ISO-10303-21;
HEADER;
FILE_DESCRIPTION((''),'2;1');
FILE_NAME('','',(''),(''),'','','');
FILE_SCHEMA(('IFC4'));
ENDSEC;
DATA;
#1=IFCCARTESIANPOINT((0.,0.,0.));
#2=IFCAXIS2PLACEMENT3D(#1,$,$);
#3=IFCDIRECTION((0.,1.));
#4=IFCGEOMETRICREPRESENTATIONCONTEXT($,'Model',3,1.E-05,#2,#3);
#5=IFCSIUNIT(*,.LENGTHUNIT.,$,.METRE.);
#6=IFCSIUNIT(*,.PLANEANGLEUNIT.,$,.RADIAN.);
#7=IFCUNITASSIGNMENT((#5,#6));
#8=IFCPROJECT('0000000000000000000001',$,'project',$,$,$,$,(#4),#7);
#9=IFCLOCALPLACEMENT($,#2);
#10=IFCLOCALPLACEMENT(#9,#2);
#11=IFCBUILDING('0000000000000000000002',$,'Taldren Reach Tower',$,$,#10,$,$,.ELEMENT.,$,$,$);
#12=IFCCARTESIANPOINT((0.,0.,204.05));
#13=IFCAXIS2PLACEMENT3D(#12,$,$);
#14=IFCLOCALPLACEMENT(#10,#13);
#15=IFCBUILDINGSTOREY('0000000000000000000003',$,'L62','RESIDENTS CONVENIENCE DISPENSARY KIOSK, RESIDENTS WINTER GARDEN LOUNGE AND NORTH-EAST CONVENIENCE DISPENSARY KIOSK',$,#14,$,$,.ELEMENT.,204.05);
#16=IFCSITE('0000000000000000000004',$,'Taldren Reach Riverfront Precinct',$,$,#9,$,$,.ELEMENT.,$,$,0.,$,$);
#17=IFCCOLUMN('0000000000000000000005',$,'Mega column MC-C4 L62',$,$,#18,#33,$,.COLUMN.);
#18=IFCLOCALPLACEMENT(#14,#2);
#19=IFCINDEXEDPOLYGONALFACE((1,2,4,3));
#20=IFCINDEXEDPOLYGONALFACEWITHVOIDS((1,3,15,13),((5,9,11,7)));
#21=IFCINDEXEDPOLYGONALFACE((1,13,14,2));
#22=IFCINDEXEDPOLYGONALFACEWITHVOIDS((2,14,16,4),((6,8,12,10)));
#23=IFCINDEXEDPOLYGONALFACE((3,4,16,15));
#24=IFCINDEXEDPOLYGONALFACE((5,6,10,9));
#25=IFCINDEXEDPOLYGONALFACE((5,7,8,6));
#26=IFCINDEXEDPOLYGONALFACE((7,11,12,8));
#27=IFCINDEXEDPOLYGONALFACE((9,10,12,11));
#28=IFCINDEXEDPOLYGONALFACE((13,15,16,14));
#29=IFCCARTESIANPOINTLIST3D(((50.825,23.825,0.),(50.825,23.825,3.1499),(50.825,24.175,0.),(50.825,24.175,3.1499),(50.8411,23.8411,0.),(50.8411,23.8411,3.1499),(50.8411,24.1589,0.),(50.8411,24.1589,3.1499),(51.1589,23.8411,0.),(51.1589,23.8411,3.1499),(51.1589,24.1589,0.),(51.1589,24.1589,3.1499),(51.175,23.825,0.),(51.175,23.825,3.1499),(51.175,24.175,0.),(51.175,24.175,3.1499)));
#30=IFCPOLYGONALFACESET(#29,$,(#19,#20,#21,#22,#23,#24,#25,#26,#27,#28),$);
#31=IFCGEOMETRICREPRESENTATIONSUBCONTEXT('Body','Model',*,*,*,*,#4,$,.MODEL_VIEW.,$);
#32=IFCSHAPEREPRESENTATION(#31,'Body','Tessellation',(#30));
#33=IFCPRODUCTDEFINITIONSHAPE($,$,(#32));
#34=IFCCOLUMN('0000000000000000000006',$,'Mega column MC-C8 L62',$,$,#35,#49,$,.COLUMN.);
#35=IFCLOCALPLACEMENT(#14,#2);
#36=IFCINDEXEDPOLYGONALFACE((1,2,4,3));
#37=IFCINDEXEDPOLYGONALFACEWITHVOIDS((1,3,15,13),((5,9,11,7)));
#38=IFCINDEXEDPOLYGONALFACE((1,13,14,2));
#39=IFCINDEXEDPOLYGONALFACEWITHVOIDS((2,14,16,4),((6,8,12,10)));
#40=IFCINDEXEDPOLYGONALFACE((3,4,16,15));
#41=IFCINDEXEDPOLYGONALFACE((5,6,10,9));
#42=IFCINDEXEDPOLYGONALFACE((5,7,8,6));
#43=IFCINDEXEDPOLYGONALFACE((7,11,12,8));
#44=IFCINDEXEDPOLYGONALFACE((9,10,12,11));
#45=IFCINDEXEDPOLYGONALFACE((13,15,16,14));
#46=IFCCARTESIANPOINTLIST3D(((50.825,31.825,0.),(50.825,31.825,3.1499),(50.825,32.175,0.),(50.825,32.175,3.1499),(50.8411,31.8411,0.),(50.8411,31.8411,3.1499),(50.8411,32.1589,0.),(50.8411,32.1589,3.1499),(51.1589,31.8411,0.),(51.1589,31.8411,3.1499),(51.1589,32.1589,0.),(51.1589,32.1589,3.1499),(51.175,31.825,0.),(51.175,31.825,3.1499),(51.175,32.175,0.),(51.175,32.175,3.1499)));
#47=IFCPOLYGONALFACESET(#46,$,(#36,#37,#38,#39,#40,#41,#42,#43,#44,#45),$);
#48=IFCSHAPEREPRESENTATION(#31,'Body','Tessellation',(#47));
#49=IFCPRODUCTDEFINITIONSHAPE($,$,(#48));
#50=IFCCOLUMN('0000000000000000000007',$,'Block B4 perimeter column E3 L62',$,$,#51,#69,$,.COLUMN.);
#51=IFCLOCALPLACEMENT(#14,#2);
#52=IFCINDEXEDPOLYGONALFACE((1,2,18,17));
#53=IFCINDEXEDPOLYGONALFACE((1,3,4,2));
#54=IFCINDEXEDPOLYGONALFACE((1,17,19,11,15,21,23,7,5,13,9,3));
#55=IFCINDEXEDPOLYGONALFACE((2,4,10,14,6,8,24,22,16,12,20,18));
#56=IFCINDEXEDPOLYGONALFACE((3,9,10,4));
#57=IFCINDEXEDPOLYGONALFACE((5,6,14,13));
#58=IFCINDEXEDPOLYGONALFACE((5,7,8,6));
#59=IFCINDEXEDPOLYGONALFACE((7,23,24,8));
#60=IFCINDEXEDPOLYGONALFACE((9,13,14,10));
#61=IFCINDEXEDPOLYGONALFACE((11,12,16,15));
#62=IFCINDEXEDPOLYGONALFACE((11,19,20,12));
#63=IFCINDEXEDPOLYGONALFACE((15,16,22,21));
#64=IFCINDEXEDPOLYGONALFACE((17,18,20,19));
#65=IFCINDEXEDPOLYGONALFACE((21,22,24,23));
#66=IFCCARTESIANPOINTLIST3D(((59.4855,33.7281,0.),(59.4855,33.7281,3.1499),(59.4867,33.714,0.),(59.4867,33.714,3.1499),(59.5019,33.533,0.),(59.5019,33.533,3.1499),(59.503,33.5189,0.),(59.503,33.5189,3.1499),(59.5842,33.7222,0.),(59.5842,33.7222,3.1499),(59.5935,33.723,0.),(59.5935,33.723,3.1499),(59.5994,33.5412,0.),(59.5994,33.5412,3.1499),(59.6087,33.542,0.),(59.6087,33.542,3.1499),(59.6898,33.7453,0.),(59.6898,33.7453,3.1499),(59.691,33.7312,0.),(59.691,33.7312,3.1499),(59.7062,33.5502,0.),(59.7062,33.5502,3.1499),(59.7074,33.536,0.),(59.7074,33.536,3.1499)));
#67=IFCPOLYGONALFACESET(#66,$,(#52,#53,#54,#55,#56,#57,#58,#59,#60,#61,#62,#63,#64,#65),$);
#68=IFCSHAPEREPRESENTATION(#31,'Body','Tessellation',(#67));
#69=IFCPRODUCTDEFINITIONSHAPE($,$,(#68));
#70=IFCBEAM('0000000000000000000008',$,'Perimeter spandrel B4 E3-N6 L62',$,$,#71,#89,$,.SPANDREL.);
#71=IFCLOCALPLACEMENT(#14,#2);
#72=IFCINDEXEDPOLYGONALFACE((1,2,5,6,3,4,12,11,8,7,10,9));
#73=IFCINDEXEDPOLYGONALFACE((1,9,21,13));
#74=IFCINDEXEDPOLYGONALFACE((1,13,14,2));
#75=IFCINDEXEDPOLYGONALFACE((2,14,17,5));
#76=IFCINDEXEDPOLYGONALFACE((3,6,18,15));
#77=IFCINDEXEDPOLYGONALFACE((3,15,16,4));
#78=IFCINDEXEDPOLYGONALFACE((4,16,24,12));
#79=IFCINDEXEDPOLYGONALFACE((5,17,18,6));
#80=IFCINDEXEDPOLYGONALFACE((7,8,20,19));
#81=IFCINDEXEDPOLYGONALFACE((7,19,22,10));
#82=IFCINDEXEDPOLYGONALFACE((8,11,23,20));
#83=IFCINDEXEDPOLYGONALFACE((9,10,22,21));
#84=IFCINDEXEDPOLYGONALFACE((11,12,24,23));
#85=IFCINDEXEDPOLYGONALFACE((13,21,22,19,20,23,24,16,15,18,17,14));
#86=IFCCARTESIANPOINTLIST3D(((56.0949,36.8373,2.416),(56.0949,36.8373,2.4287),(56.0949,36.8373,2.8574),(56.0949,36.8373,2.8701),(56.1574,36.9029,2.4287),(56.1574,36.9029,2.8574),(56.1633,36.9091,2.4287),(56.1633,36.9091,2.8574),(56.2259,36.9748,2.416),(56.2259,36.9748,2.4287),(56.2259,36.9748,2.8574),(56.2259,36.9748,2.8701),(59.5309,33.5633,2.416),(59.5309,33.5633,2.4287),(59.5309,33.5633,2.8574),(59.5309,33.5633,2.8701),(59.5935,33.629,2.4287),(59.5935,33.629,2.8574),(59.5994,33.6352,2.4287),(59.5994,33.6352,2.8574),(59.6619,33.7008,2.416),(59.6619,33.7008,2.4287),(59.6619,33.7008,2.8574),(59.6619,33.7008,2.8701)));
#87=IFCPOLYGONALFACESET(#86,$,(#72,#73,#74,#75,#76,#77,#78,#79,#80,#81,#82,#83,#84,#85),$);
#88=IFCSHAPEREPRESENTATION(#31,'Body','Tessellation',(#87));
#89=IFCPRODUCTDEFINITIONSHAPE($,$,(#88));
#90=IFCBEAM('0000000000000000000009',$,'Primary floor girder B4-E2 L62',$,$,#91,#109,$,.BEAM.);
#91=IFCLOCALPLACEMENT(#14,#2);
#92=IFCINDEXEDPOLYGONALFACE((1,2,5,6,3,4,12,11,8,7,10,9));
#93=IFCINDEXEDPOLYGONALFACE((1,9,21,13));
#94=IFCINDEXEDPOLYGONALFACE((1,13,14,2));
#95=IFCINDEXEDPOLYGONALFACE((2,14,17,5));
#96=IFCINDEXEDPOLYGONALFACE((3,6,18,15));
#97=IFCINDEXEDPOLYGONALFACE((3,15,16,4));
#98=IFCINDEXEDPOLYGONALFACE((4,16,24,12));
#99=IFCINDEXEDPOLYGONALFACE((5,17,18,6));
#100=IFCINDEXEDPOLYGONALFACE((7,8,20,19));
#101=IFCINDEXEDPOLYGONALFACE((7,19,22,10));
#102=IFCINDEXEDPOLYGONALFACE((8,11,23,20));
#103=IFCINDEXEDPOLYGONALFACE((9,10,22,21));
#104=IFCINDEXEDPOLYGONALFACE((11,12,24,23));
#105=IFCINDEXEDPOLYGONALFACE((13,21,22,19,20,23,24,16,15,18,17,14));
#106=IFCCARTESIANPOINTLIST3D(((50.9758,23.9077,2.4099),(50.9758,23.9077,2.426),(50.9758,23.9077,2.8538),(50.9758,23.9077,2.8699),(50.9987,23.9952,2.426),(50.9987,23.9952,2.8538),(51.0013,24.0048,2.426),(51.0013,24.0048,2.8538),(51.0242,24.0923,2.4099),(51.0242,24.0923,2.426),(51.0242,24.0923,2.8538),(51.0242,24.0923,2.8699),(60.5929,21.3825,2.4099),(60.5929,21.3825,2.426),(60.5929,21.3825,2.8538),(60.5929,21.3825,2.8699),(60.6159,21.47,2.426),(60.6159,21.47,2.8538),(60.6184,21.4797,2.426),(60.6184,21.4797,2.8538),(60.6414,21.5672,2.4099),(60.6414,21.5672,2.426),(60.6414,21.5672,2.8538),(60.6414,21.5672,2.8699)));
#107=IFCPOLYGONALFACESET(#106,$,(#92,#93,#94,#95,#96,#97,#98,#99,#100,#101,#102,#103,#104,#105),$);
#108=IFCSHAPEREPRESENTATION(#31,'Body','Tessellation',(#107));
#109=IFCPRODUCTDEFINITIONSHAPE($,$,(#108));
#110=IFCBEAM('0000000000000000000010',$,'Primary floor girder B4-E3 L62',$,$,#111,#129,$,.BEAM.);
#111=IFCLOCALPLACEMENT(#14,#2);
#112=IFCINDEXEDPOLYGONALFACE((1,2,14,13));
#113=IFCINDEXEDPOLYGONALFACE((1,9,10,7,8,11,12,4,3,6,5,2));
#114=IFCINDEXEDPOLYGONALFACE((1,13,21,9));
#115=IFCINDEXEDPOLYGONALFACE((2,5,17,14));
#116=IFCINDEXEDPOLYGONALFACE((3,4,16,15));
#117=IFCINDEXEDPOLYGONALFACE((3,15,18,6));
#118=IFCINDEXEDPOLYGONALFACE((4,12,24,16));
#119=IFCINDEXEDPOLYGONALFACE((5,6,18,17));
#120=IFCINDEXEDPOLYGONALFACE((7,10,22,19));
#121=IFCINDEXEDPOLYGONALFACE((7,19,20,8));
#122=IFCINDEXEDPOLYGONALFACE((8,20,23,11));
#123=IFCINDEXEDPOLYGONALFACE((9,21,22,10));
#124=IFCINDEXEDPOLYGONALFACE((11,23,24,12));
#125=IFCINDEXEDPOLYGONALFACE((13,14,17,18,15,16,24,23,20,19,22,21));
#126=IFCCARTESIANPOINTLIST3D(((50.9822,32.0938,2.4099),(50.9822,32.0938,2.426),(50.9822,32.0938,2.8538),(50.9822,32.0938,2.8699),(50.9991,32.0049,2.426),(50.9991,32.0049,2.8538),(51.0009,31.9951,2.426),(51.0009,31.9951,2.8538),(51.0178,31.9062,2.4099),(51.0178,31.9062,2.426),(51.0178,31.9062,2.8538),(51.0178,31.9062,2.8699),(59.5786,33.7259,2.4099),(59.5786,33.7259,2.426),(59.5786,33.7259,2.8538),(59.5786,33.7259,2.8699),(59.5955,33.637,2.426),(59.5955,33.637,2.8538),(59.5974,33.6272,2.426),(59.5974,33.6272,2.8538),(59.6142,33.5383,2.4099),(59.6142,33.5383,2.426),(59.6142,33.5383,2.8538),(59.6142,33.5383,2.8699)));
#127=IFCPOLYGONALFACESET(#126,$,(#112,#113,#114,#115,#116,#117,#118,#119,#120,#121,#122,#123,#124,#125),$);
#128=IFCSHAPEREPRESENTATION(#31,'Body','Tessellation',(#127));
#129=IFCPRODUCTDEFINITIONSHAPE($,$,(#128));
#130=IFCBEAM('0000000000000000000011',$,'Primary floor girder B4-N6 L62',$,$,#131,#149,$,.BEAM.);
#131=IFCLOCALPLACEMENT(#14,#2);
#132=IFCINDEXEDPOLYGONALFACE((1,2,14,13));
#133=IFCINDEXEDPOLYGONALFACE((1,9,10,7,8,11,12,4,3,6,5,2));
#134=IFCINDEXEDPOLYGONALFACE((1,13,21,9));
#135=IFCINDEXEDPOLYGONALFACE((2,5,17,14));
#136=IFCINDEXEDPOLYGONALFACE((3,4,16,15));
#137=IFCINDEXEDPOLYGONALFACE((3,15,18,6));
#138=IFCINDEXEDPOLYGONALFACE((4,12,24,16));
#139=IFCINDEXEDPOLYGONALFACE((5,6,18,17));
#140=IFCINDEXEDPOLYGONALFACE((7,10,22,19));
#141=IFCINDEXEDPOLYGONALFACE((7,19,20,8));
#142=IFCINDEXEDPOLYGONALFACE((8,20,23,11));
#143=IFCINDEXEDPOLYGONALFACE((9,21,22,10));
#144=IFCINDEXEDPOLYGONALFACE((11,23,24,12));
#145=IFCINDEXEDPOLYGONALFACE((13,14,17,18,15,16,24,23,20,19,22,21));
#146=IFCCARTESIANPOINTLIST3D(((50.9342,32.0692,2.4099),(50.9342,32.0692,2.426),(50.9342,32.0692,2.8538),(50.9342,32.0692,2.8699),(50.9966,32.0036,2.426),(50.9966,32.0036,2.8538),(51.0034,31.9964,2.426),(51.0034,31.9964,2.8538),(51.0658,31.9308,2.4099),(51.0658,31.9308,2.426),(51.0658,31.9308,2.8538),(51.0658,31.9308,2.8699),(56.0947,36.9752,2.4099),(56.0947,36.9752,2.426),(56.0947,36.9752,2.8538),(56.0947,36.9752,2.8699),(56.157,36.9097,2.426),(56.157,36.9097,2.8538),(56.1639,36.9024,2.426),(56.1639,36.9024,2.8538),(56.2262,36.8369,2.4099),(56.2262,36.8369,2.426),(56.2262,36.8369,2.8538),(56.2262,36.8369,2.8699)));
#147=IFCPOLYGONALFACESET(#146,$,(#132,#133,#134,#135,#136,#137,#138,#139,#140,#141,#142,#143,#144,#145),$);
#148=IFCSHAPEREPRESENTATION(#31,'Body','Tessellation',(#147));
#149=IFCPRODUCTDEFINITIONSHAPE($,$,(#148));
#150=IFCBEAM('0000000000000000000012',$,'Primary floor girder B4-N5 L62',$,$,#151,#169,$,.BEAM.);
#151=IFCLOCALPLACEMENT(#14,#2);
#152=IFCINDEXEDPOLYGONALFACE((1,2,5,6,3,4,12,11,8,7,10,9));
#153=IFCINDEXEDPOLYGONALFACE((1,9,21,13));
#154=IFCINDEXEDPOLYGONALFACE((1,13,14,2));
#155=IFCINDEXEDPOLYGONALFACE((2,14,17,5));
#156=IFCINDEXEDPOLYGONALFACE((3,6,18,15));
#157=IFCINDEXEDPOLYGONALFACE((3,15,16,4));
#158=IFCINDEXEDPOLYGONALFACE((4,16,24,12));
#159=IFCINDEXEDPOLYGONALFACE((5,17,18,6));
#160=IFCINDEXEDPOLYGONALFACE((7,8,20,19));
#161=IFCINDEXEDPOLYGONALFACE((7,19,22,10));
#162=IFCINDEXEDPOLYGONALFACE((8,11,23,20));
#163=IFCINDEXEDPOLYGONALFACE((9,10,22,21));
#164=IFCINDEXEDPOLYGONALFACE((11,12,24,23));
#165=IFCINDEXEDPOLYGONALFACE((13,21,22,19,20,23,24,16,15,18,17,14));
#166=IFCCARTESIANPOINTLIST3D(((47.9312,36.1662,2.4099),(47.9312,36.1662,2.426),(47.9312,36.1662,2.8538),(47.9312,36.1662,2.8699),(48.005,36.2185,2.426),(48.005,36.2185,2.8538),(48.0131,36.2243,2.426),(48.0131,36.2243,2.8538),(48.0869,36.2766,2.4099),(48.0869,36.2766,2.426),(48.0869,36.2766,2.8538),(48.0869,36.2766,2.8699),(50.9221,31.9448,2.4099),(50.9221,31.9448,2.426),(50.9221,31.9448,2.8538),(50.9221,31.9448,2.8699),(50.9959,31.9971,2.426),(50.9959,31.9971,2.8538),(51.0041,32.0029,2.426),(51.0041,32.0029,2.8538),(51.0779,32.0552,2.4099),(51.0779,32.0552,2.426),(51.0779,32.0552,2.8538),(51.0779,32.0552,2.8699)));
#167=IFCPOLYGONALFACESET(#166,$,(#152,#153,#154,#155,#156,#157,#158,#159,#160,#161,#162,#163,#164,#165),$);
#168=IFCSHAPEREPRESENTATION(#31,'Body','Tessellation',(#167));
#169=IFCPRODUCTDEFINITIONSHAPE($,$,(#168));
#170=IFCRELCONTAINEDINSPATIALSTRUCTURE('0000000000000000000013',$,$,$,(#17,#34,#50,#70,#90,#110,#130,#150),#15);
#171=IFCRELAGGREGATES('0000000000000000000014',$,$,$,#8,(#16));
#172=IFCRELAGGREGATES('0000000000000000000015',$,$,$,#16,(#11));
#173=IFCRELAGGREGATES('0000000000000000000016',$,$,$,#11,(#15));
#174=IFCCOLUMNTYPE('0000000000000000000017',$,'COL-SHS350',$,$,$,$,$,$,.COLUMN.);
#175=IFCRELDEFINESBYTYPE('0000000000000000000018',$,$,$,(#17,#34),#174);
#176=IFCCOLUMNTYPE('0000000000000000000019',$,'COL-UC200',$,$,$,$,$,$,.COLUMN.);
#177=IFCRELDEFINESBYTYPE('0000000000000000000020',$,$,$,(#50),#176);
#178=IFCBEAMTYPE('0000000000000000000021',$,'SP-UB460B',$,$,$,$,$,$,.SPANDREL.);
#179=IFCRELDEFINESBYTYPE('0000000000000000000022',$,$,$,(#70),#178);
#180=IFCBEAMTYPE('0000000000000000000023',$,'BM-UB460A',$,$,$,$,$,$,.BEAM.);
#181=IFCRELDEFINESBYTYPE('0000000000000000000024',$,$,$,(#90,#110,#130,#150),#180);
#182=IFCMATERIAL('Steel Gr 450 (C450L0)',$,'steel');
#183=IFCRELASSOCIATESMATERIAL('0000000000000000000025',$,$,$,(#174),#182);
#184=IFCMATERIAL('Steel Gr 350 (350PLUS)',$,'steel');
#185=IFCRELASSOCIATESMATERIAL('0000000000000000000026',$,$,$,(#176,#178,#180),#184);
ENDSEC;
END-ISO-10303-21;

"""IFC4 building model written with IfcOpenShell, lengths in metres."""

from ifc_helpers import new_model, si_unit, direction, frame, origin, origin_2d, place, context, subcontext, project, spatial, hollow_rectangle, i_section, extrude, source, transform, mapped, material, material_profile, profile_set, type_object, element, save


model = new_model("IFC4")

# Units and contexts
model_context = context("Model", 3, precision=1e-05, world=origin(), true_north=direction((0.0, 1.0)))
body_context = subcontext(model_context, "Body", "Model", "MODEL_VIEW")
ifc_project = project(units=[si_unit("LENGTHUNIT", "METRE"), si_unit("PLANEANGLEUNIT", "RADIAN")], contexts=[model_context])

# Site, building, storey
site_placement = place(None, origin())
site = spatial("IfcSite", under=ifc_project, at=site_placement, Name="Taldren Reach Riverfront Precinct", CompositionType="ELEMENT", RefElevation=0.0)
building_placement = place(site_placement, origin())
building = spatial("IfcBuilding", under=site, at=building_placement, Name="Taldren Reach Tower", CompositionType="ELEMENT")
storey_placement = place(building_placement, frame((0.0, 0.0, 204.05)))
storey = spatial("IfcBuildingStorey", under=building, at=storey_placement, Name="L62", Description="RESIDENTS CONVENIENCE DISPENSARY KIOSK, RESIDENTS WINTER GARDEN LOUNGE AND NORTH-EAST CONVENIENCE DISPENSARY KIOSK", CompositionType="ELEMENT", Elevation=204.05)

# Columns
ifc_material_1 = material(Name="Steel Gr 450 (C450L0)", Category="steel")
ifc_material_profile_1 = material_profile(ifc_material_1, hollow_rectangle(XDim=0.3501, YDim=0.3501, WallThickness=0.0161, at=origin_2d()), Name="350x350x16.0SHS")
ifc_profile_set_1 = profile_set([ifc_material_profile_1], Name="Steel Gr 450 (C450L0)")
column_type_1 = type_object("IfcColumnType", Name="COL-SHS350", PredefinedType="COLUMN", material=ifc_profile_set_1)
shared_shape_1 = source(origin(), body_context, "Body", "SweptSolid", [
    extrude(hollow_rectangle(XDim=0.3501, YDim=0.3501, WallThickness=0.0161, at=origin_2d()), origin(), (0.0, 0.0, 1.0), 3.1499),
])
for number, where, z_axis, x_axis, name in (
    (1, (51.0, 24.0, 0.0), (0.0, 0.0, 1.0), (1.0, 0.0, 0.0), "Mega column MC-C4 L62"),
    (2, (51.0, 32.0, 0.0), (0.0, 0.0, 1.0), (1.0, 0.0, 0.0), "Mega column MC-C8 L62"),
):
    element("IfcColumn", number, at=place(storey_placement, frame(where, z_axis=z_axis, x_axis=x_axis)), inside=storey, type_object=column_type_1, Name=name, PredefinedType="COLUMN", context=body_context, shape_type="MappedRepresentation", body=[
        mapped(shared_shape_1, transform((0.0, 0.0, 0.0), scale=1.0)),
    ])
ifc_material_2 = material(Name="Steel Gr 350 (350PLUS)", Category="steel")
ifc_material_profile_2 = material_profile(ifc_material_2, i_section(OverallWidth=0.2051, OverallDepth=0.21, WebThickness=0.0093, FlangeThickness=0.0142, at=origin_2d()), Name="200UC59.5")
ifc_profile_set_2 = profile_set([ifc_material_profile_2], Name="Steel Gr 350 (350PLUS)")
column_type_2 = type_object("IfcColumnType", Name="COL-UC200", PredefinedType="COLUMN", material=ifc_profile_set_2)
shared_shape_2 = source(origin(), body_context, "Body", "SweptSolid", [
    extrude(i_section(OverallWidth=0.2051, OverallDepth=0.21, WebThickness=0.0093, FlangeThickness=0.0142, at=origin_2d()), origin(), (0.0, 0.0, 1.0), 3.1499),
])
column_placement = place(storey_placement, frame((59.5964, 33.6321, 0.0), z_axis=(0.0, 0.0, 1.0), x_axis=(0.996493, 0.083678, 0.0)))
element("IfcColumn", 3, at=column_placement, inside=storey, type_object=column_type_2, Name="Block B4 perimeter column E3 L62", PredefinedType="COLUMN", context=body_context, shape_type="MappedRepresentation", body=[
    mapped(shared_shape_2, transform((0.0, 0.0, 0.0), scale=1.0)),
])

# Beams
ifc_material_profile_3 = material_profile(ifc_material_2, i_section(OverallWidth=0.1899, OverallDepth=0.4541, WebThickness=0.0085, FlangeThickness=0.0127, at=origin_2d()), Name="460UB67.1")
ifc_profile_set_3 = profile_set([ifc_material_profile_3], Name="Steel Gr 350 (350PLUS)")
beam_type_1 = type_object("IfcBeamType", Name="SP-UB460B", PredefinedType="SPANDREL", material=ifc_profile_set_3)
shared_shape_3 = source(origin(), body_context, "Body", "SweptSolid", [
    extrude(i_section(OverallWidth=0.1899, OverallDepth=0.4541, WebThickness=0.0085, FlangeThickness=0.0127, at=origin_2d()), origin(), (0.0, 0.0, 1.0), 4.7461),
])
beam_1_placement = place(storey_placement, frame((59.5964, 33.6321, 2.6431), z_axis=(-0.723979, 0.689822, 0.0), x_axis=(-0.689822, -0.723979, 0.0)))
element("IfcBeam", 4, at=beam_1_placement, inside=storey, type_object=beam_type_1, Name="Perimeter spandrel B4 E3-N6 L62", PredefinedType="SPANDREL", context=body_context, shape_type="MappedRepresentation", body=[
    mapped(shared_shape_3, transform((0.0, 0.0, 0.0), scale=1.0)),
])
ifc_material_profile_4 = material_profile(ifc_material_2, i_section(OverallWidth=0.1909, OverallDepth=0.46, WebThickness=0.01, FlangeThickness=0.0161, at=origin_2d()), Name="460UB82.1")
ifc_profile_set_4 = profile_set([ifc_material_profile_4], Name="Steel Gr 350 (350PLUS)")
beam_type_2 = type_object("IfcBeamType", Name="BM-UB460A", PredefinedType="BEAM", material=ifc_profile_set_4)
shared_shape_4 = source(origin(), body_context, "Body", "SweptSolid", [
    extrude(i_section(OverallWidth=0.1909, OverallDepth=0.46, WebThickness=0.01, FlangeThickness=0.0161, at=origin_2d()), origin(), (0.0, 0.0, 1.0), 9.9431),
])
beam_2_placement = place(storey_placement, frame((51.0, 24.0, 2.6399), z_axis=(0.967215, -0.253958, 0.0), x_axis=(0.253958, 0.967215, 0.0)))
element("IfcBeam", 5, at=beam_2_placement, inside=storey, type_object=beam_type_2, Name="Primary floor girder B4-E2 L62", PredefinedType="BEAM", context=body_context, shape_type="MappedRepresentation", body=[
    mapped(shared_shape_4, transform((0.0, 0.0, 0.0), scale=1.0)),
])
shared_shape_5 = source(origin(), body_context, "Body", "SweptSolid", [
    extrude(i_section(OverallWidth=0.1909, OverallDepth=0.46, WebThickness=0.01, FlangeThickness=0.0161, at=origin_2d()), origin(), (0.0, 0.0, 1.0), 8.75),
])
beam_3_placement = place(storey_placement, frame((51.0, 32.0, 2.6399), z_axis=(0.98245, 0.186524, 0.0), x_axis=(-0.186524, 0.98245, 0.0)))
element("IfcBeam", 6, at=beam_3_placement, inside=storey, type_object=beam_type_2, Name="Primary floor girder B4-E3 L62", PredefinedType="BEAM", context=body_context, shape_type="MappedRepresentation", body=[
    mapped(shared_shape_5, transform((0.0, 0.0, 0.0), scale=1.0)),
])
shared_shape_6 = source(origin(), body_context, "Body", "SweptSolid", [
    extrude(i_section(OverallWidth=0.1909, OverallDepth=0.46, WebThickness=0.01, FlangeThickness=0.0161, at=origin_2d()), origin(), (0.0, 0.0, 1.0), 7.1204),
])
beam_4_placement = place(storey_placement, frame((51.0, 32.0, 2.6399), z_axis=(0.724745, 0.689017, 0.0), x_axis=(-0.689017, 0.724745, 0.0)))
element("IfcBeam", 7, at=beam_4_placement, inside=storey, type_object=beam_type_2, Name="Primary floor girder B4-N6 L62", PredefinedType="BEAM", context=body_context, shape_type="MappedRepresentation", body=[
    mapped(shared_shape_6, transform((0.0, 0.0, 0.0), scale=1.0)),
])
shared_shape_7 = source(origin(), body_context, "Body", "SweptSolid", [
    extrude(i_section(OverallWidth=0.1909, OverallDepth=0.46, WebThickness=0.01, FlangeThickness=0.0161, at=origin_2d()), origin(), (0.0, 0.0, 1.0), 5.1736),
])
beam_5_placement = place(storey_placement, frame((51.0, 32.0, 2.6399), z_axis=(-0.578118, 0.815953, 0.0), x_axis=(-0.815953, -0.578118, 0.0)))
element("IfcBeam", 8, at=beam_5_placement, inside=storey, type_object=beam_type_2, Name="Primary floor girder B4-N5 L62", PredefinedType="BEAM", context=body_context, shape_type="MappedRepresentation", body=[
    mapped(shared_shape_7, transform((0.0, 0.0, 0.0), scale=1.0)),
])

save(model, "model.ifc")
